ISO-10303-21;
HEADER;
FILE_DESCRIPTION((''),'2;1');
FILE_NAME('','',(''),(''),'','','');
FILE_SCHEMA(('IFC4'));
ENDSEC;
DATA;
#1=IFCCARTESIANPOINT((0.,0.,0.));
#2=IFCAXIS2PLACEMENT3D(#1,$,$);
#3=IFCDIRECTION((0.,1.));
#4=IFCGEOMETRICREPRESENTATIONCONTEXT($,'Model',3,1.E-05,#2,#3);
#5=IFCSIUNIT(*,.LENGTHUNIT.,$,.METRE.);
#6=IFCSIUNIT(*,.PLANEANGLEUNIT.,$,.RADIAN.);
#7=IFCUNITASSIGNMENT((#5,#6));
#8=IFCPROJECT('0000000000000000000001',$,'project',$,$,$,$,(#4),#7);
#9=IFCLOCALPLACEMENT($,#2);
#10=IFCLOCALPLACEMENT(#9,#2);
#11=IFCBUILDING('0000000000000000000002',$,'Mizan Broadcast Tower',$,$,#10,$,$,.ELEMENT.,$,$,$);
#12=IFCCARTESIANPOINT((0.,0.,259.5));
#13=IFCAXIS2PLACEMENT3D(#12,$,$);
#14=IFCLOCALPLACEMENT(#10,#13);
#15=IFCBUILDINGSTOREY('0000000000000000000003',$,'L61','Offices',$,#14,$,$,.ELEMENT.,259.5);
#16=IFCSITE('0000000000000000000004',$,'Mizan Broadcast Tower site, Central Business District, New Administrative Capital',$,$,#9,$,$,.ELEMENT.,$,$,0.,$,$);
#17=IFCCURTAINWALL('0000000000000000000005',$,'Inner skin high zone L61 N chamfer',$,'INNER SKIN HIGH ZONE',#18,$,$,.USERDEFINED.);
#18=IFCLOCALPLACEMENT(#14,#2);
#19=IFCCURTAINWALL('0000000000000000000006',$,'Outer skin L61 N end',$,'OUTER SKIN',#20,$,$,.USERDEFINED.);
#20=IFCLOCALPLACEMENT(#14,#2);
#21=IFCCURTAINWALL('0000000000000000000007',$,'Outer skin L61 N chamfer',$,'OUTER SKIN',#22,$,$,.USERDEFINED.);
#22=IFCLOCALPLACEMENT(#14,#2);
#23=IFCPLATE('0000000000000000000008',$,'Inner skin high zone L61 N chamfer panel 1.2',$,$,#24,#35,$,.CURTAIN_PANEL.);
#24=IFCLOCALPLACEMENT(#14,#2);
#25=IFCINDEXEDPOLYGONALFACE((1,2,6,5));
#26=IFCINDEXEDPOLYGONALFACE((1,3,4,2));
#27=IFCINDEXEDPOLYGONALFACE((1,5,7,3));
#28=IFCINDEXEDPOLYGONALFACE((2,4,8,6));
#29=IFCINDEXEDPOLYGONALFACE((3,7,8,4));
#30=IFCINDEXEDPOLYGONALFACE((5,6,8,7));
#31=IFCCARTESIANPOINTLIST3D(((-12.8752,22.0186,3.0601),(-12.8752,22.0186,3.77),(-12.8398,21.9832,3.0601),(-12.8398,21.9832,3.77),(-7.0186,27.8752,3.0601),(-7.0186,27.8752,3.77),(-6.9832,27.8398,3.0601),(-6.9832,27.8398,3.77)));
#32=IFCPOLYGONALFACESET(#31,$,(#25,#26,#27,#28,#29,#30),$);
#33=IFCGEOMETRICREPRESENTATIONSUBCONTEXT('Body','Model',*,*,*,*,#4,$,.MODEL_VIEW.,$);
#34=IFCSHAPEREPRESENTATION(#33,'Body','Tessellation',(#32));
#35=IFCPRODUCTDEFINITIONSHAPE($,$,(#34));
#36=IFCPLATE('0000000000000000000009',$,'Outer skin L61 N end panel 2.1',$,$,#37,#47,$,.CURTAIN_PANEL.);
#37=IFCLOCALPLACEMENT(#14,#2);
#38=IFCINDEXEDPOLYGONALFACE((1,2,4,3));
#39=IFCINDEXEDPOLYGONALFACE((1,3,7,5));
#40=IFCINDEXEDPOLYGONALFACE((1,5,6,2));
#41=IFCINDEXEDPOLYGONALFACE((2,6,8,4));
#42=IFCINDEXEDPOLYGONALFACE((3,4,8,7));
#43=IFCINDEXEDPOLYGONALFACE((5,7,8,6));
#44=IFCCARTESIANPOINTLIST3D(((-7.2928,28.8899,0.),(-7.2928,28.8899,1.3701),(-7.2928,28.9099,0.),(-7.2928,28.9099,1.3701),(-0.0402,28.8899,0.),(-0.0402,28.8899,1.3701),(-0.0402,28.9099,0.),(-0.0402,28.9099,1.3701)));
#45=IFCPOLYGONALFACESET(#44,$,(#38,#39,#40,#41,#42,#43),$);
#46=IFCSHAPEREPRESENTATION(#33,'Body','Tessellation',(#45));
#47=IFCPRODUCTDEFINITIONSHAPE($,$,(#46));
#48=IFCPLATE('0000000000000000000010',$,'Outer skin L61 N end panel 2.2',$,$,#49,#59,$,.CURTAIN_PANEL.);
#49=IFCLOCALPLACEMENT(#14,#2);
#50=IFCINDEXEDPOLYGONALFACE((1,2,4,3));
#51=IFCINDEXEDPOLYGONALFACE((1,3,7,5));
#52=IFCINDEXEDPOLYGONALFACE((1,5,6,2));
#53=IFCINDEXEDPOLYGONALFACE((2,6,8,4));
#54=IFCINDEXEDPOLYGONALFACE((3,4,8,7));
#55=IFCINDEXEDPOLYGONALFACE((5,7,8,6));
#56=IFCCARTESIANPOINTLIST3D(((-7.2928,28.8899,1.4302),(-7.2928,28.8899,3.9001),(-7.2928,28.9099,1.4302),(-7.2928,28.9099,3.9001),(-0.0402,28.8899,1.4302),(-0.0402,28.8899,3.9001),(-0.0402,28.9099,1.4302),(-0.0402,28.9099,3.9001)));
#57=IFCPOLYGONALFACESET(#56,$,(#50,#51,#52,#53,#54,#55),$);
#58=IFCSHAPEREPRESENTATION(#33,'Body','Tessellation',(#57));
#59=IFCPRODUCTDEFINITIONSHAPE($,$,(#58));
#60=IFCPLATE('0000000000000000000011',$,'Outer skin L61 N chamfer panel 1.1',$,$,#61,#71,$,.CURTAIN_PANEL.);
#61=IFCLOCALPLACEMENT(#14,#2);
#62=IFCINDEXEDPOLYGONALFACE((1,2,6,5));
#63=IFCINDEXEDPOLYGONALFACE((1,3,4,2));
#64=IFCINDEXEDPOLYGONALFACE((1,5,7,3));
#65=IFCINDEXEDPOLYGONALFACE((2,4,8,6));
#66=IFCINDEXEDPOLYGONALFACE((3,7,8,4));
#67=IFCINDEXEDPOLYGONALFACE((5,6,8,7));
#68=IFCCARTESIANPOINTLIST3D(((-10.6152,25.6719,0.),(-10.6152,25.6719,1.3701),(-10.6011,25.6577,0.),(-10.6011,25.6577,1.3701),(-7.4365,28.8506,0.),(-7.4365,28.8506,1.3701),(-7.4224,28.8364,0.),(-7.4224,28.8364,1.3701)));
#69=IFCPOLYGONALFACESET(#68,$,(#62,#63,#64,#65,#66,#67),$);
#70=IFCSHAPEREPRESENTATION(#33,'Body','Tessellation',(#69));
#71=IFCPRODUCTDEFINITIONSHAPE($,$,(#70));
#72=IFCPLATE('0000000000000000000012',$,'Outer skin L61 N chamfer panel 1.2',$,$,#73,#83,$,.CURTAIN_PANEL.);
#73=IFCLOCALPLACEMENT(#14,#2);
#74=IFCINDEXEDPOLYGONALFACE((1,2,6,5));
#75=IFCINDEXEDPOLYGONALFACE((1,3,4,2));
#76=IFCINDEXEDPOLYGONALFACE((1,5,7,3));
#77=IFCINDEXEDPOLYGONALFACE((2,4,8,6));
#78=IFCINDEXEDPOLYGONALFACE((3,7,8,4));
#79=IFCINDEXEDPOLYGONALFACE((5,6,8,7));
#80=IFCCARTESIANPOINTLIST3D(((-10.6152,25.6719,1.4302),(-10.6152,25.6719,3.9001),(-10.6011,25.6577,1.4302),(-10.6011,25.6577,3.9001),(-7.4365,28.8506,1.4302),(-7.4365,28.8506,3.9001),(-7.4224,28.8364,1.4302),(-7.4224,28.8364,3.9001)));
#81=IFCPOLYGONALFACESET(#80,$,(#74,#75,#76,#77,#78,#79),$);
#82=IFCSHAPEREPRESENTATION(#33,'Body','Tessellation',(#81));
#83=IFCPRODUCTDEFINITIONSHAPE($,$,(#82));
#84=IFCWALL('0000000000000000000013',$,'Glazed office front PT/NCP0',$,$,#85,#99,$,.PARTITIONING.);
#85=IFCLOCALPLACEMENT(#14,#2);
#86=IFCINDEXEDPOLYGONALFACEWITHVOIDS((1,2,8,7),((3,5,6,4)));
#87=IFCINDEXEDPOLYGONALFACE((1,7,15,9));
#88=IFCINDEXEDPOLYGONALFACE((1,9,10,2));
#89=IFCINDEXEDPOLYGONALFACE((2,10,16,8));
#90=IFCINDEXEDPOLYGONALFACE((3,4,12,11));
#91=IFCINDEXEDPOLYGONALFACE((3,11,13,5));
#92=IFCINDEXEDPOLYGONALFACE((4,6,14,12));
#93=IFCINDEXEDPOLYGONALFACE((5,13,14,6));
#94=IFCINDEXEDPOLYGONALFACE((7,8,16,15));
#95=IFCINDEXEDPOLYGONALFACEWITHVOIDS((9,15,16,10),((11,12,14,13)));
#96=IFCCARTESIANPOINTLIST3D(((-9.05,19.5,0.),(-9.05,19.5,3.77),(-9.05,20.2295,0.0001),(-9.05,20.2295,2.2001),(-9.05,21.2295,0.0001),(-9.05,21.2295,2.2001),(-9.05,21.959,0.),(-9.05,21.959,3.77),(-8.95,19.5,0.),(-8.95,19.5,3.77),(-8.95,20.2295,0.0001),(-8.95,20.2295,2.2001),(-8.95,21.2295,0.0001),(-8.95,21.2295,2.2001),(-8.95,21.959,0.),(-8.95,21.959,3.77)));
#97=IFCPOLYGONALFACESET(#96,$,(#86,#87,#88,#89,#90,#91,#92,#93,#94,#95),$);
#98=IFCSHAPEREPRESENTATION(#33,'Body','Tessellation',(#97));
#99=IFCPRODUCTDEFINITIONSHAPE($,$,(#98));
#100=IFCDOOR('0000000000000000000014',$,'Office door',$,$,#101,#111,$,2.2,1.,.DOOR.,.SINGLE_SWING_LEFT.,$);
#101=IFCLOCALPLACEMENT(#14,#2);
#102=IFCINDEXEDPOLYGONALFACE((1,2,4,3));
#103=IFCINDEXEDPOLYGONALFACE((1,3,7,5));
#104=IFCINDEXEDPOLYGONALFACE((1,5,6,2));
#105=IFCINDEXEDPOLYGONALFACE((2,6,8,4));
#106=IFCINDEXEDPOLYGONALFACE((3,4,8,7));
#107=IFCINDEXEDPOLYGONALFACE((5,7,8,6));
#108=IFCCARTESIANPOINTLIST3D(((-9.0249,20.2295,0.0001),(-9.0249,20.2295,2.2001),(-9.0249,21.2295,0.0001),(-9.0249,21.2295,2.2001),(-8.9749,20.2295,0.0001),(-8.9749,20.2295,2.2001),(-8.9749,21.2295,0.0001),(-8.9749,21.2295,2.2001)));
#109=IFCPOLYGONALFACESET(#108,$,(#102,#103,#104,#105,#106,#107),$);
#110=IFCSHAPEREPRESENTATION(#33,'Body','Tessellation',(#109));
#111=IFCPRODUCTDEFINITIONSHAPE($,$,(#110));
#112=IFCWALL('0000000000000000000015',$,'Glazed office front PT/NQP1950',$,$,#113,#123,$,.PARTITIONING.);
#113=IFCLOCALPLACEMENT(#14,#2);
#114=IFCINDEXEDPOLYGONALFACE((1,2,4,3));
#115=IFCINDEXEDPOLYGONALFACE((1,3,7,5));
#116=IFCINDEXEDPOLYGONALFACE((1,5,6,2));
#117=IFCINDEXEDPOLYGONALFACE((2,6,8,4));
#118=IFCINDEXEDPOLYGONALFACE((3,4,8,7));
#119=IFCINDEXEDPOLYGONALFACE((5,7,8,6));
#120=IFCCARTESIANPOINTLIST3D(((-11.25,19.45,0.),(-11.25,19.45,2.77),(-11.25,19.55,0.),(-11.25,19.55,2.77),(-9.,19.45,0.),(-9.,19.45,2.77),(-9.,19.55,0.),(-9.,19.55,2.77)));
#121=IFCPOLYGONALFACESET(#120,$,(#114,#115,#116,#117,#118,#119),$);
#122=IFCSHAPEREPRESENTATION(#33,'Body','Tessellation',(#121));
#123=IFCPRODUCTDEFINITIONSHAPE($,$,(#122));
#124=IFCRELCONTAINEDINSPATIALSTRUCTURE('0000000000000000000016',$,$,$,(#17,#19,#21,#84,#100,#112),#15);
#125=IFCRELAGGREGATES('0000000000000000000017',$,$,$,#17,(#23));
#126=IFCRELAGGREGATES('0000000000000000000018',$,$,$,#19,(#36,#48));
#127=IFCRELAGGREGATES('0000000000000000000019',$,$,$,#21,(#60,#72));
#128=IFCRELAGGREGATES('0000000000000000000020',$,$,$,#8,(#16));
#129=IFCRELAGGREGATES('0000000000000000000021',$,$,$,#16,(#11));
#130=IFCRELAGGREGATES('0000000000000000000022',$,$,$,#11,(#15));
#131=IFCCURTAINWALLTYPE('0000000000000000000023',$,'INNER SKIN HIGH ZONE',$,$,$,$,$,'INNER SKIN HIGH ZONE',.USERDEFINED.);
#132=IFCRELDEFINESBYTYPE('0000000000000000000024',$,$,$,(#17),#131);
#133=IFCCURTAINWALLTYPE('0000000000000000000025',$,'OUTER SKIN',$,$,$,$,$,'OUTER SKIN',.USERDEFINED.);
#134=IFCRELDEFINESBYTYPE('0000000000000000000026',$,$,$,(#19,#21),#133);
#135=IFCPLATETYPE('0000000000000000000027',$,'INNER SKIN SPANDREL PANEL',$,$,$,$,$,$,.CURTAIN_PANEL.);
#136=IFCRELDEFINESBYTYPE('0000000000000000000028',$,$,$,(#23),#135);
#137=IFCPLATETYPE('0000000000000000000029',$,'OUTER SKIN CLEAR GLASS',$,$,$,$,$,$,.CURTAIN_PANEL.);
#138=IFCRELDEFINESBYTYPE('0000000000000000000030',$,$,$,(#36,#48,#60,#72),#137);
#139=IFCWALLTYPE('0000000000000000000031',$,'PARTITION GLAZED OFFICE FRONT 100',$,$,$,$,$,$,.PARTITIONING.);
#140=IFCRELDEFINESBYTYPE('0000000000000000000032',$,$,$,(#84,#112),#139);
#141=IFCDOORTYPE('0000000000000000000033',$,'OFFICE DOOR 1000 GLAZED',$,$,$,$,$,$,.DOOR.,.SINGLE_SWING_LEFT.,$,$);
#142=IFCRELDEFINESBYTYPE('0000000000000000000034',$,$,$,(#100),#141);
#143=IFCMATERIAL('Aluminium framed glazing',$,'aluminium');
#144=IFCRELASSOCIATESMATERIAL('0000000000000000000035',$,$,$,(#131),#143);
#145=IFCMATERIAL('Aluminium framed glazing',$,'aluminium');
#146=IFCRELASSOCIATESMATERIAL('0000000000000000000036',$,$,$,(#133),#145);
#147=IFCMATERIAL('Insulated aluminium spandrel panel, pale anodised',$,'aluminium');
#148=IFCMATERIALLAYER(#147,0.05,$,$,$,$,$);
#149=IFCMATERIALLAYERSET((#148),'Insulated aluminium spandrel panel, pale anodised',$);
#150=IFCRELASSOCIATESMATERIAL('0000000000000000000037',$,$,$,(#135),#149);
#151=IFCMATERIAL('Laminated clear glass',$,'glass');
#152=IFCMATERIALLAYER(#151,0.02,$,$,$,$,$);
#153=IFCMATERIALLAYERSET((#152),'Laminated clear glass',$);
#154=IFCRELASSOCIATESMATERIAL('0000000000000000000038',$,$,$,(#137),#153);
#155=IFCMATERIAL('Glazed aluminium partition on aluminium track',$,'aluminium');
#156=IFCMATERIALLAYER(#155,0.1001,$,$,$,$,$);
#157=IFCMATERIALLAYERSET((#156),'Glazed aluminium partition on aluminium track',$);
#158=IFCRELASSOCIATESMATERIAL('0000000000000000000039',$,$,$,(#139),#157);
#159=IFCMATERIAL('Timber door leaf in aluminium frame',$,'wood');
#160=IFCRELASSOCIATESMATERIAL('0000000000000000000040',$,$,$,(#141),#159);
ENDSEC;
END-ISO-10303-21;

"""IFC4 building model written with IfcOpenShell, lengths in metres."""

from ifc_helpers import new_model, si_unit, direction, frame, frame_2d, origin, origin_2d, place, context, subcontext, project, spatial, rectangle, extrude, material, layer, layer_set, type_object, element, fill, aggregate, save


model = new_model("IFC4")

# Units and contexts
model_context = context("Model", 3, precision=1e-05, world=origin(), true_north=direction((0.0, 1.0)))
body_context = subcontext(model_context, "Body", "Model", "MODEL_VIEW")
ifc_project = project(units=[si_unit("LENGTHUNIT", "METRE"), si_unit("PLANEANGLEUNIT", "RADIAN")], contexts=[model_context])

# Site, building, storey
site_placement = place(None, origin())
site = spatial("IfcSite", under=ifc_project, at=site_placement, Name="Mizan Broadcast Tower site, Central Business District, New Administrative Capital", CompositionType="ELEMENT", RefElevation=0.0)
building_placement = place(site_placement, origin())
building = spatial("IfcBuilding", under=site, at=building_placement, Name="Mizan Broadcast Tower", CompositionType="ELEMENT")
storey_placement = place(building_placement, frame((0.0, 0.0, 259.5)))
storey = spatial("IfcBuildingStorey", under=building, at=storey_placement, Name="L61", Description="Offices", CompositionType="ELEMENT", Elevation=259.5)

# Shared definitions
ifc_material_1 = material(Name="Aluminium framed glazing", Category="aluminium")
curtain_wall_type_1 = type_object("IfcCurtainWallType", Name="INNER SKIN HIGH ZONE", ElementType="INNER SKIN HIGH ZONE", PredefinedType="USERDEFINED", material=ifc_material_1)

# Curtain walls
curtain_wall_1_placement = place(storey_placement, origin())
curtain_wall_1 = element("IfcCurtainWall", 1, at=curtain_wall_1_placement, inside=storey, type_object=curtain_wall_type_1, Name="Inner skin high zone L61 N chamfer", ObjectType="INNER SKIN HIGH ZONE", PredefinedType="USERDEFINED")
ifc_material_2 = material(Name="Aluminium framed glazing", Category="aluminium")
curtain_wall_type_2 = type_object("IfcCurtainWallType", Name="OUTER SKIN", ElementType="OUTER SKIN", PredefinedType="USERDEFINED", material=ifc_material_2)
curtain_wall_2_placement = place(storey_placement, origin())
curtain_wall_2 = element("IfcCurtainWall", 2, at=curtain_wall_2_placement, inside=storey, type_object=curtain_wall_type_2, Name="Outer skin L61 N end", ObjectType="OUTER SKIN", PredefinedType="USERDEFINED")
curtain_wall_3_placement = place(storey_placement, origin())
curtain_wall_3 = element("IfcCurtainWall", 3, at=curtain_wall_3_placement, inside=storey, type_object=curtain_wall_type_2, Name="Outer skin L61 N chamfer", ObjectType="OUTER SKIN", PredefinedType="USERDEFINED")

# Plates
ifc_material_3 = material(Name="Insulated aluminium spandrel panel, pale anodised", Category="aluminium")
ifc_layer_1 = layer(ifc_material_3, 0.05)
ifc_layer_set_1 = layer_set([ifc_layer_1], Name="Insulated aluminium spandrel panel, pale anodised")
plate_type_1 = type_object("IfcPlateType", Name="INNER SKIN SPANDREL PANEL", PredefinedType="CURTAIN_PANEL", material=ifc_layer_set_1)
plate_1_placement = place(storey_placement, frame((-9.9292, 24.9292, 3.0601), z_axis=(0.0, 0.0, 1.0), x_axis=(-0.707107, -0.707107, 0.0)))
plate_1 = element("IfcPlate", 4, at=plate_1_placement, type_object=plate_type_1, Name="Inner skin high zone L61 N chamfer panel 1.2", PredefinedType="CURTAIN_PANEL", context=body_context, shape_type="SweptSolid", body=[
    extrude(rectangle(XDim=8.2825, YDim=0.05, at=origin_2d()), origin(), (0.0, 0.0, 1.0), 0.71),
])
aggregate(curtain_wall_1, [plate_1])
ifc_material_4 = material(Name="Laminated clear glass", Category="glass")
ifc_layer_2 = layer(ifc_material_4, 0.02)
ifc_layer_set_2 = layer_set([ifc_layer_2], Name="Laminated clear glass")
plate_type_2 = type_object("IfcPlateType", Name="OUTER SKIN CLEAR GLASS", PredefinedType="CURTAIN_PANEL", material=ifc_layer_set_2)
plate_2_placement = place(storey_placement, frame((-3.6665, 28.8999, 0.0), z_axis=(0.0, 0.0, 1.0), x_axis=(-1.0, 0.0, 0.0)))
plate_2 = element("IfcPlate", 5, at=plate_2_placement, type_object=plate_type_2, Name="Outer skin L61 N end panel 2.1", PredefinedType="CURTAIN_PANEL", context=body_context, shape_type="SweptSolid", body=[
    extrude(rectangle(XDim=7.2527, YDim=0.02, at=origin_2d()), origin(), (0.0, 0.0, 1.0), 1.3701),
])
plate_3_placement = place(storey_placement, frame((-3.6665, 28.8999, 1.4302), z_axis=(0.0, 0.0, 1.0), x_axis=(-1.0, 0.0, 0.0)))
plate_3 = element("IfcPlate", 6, at=plate_3_placement, type_object=plate_type_2, Name="Outer skin L61 N end panel 2.2", PredefinedType="CURTAIN_PANEL", context=body_context, shape_type="SweptSolid", body=[
    extrude(rectangle(XDim=7.2527, YDim=0.02, at=origin_2d()), origin(), (0.0, 0.0, 1.0), 2.47),
])
aggregate(curtain_wall_2, [plate_2, plate_3])
plate_4_placement = place(storey_placement, frame((-9.0188, 27.2542, 0.0), z_axis=(0.0, 0.0, 1.0), x_axis=(-0.707107, -0.707107, 0.0)))
plate_4 = element("IfcPlate", 7, at=plate_4_placement, type_object=plate_type_2, Name="Outer skin L61 N chamfer panel 1.1", PredefinedType="CURTAIN_PANEL", context=body_context, shape_type="SweptSolid", body=[
    extrude(rectangle(XDim=4.4954, YDim=0.02, at=origin_2d()), origin(), (0.0, 0.0, 1.0), 1.3701),
])
plate_5_placement = place(storey_placement, frame((-9.0188, 27.2542, 1.4302), z_axis=(0.0, 0.0, 1.0), x_axis=(-0.707107, -0.707107, 0.0)))
plate_5 = element("IfcPlate", 8, at=plate_5_placement, type_object=plate_type_2, Name="Outer skin L61 N chamfer panel 1.2", PredefinedType="CURTAIN_PANEL", context=body_context, shape_type="SweptSolid", body=[
    extrude(rectangle(XDim=4.4954, YDim=0.02, at=origin_2d()), origin(), (0.0, 0.0, 1.0), 2.47),
])
aggregate(curtain_wall_3, [plate_4, plate_5])

# Wall, opening, door
ifc_material_5 = material(Name="Glazed aluminium partition on aluminium track", Category="aluminium")
ifc_layer_3 = layer(ifc_material_5, 0.1001)
ifc_layer_set_3 = layer_set([ifc_layer_3], Name="Glazed aluminium partition on aluminium track")
wall_type = type_object("IfcWallType", Name="PARTITION GLAZED OFFICE FRONT 100", PredefinedType="PARTITIONING", material=ifc_layer_set_3)
wall_1_placement = place(storey_placement, frame((-9.0, 19.5, 0.0), z_axis=(0.0, 0.0, 1.0), x_axis=(0.0, 1.0, 0.0)))
wall_1 = element("IfcWall", 9, at=wall_1_placement, inside=storey, type_object=wall_type, Name="Glazed office front PT/NCP0", PredefinedType="PARTITIONING", context=body_context, shape_type="SweptSolid", body=[
    extrude(rectangle(XDim=2.459, YDim=0.1001, at=frame_2d((1.2295, 0.0))), origin(), (0.0, 0.0, 1.0), 3.77),
])
opening_placement = place(wall_1_placement, frame((0.7295, 0.0, 0.0)))
opening = element("IfcOpeningElement", 10, at=opening_placement, cuts=wall_1, PredefinedType="OPENING", context=body_context, shape_type="SweptSolid", body=[
    extrude(rectangle(XDim=1.0, YDim=2.2, at=frame_2d((0.5, 1.1001))), frame((0.0, 0.0601, 0.0), z_axis=(0.0, -1.0, 0.0), x_axis=(1.0, 0.0, 0.0)), (0.0, 0.0, 1.0), 0.1201),
])
ifc_material_6 = material(Name="Timber door leaf in aluminium frame", Category="wood")
door_type = type_object("IfcDoorType", Name="OFFICE DOOR 1000 GLAZED", OperationType="SINGLE_SWING_LEFT", PredefinedType="DOOR", material=ifc_material_6)
door_placement = place(opening_placement, origin())
door = element("IfcDoor", 11, at=door_placement, inside=storey, type_object=door_type, Name="Office door", OperationType="SINGLE_SWING_LEFT", OverallHeight=2.2, OverallWidth=1.0, PredefinedType="DOOR", context=body_context, shape_type="SweptSolid", body=[
    extrude(rectangle(XDim=1.0, YDim=2.2, at=frame_2d((0.5, 1.1001))), frame((0.0, 0.0249, 0.0), z_axis=(0.0, -1.0, 0.0), x_axis=(1.0, 0.0, 0.0)), (0.0, 0.0, 1.0), 0.05),
])
fill(opening, door)

# Wall
wall_2_placement = place(storey_placement, frame((-9.0, 19.5, 0.0), z_axis=(0.0, 0.0, 1.0), x_axis=(-1.0, 0.0, 0.0)))
element("IfcWall", 12, at=wall_2_placement, inside=storey, type_object=wall_type, Name="Glazed office front PT/NQP1950", PredefinedType="PARTITIONING", context=body_context, shape_type="SweptSolid", body=[
    extrude(rectangle(XDim=2.25, YDim=0.1001, at=frame_2d((1.125, 0.0))), origin(), (0.0, 0.0, 1.0), 2.77),
])

save(model, "model.ifc")
